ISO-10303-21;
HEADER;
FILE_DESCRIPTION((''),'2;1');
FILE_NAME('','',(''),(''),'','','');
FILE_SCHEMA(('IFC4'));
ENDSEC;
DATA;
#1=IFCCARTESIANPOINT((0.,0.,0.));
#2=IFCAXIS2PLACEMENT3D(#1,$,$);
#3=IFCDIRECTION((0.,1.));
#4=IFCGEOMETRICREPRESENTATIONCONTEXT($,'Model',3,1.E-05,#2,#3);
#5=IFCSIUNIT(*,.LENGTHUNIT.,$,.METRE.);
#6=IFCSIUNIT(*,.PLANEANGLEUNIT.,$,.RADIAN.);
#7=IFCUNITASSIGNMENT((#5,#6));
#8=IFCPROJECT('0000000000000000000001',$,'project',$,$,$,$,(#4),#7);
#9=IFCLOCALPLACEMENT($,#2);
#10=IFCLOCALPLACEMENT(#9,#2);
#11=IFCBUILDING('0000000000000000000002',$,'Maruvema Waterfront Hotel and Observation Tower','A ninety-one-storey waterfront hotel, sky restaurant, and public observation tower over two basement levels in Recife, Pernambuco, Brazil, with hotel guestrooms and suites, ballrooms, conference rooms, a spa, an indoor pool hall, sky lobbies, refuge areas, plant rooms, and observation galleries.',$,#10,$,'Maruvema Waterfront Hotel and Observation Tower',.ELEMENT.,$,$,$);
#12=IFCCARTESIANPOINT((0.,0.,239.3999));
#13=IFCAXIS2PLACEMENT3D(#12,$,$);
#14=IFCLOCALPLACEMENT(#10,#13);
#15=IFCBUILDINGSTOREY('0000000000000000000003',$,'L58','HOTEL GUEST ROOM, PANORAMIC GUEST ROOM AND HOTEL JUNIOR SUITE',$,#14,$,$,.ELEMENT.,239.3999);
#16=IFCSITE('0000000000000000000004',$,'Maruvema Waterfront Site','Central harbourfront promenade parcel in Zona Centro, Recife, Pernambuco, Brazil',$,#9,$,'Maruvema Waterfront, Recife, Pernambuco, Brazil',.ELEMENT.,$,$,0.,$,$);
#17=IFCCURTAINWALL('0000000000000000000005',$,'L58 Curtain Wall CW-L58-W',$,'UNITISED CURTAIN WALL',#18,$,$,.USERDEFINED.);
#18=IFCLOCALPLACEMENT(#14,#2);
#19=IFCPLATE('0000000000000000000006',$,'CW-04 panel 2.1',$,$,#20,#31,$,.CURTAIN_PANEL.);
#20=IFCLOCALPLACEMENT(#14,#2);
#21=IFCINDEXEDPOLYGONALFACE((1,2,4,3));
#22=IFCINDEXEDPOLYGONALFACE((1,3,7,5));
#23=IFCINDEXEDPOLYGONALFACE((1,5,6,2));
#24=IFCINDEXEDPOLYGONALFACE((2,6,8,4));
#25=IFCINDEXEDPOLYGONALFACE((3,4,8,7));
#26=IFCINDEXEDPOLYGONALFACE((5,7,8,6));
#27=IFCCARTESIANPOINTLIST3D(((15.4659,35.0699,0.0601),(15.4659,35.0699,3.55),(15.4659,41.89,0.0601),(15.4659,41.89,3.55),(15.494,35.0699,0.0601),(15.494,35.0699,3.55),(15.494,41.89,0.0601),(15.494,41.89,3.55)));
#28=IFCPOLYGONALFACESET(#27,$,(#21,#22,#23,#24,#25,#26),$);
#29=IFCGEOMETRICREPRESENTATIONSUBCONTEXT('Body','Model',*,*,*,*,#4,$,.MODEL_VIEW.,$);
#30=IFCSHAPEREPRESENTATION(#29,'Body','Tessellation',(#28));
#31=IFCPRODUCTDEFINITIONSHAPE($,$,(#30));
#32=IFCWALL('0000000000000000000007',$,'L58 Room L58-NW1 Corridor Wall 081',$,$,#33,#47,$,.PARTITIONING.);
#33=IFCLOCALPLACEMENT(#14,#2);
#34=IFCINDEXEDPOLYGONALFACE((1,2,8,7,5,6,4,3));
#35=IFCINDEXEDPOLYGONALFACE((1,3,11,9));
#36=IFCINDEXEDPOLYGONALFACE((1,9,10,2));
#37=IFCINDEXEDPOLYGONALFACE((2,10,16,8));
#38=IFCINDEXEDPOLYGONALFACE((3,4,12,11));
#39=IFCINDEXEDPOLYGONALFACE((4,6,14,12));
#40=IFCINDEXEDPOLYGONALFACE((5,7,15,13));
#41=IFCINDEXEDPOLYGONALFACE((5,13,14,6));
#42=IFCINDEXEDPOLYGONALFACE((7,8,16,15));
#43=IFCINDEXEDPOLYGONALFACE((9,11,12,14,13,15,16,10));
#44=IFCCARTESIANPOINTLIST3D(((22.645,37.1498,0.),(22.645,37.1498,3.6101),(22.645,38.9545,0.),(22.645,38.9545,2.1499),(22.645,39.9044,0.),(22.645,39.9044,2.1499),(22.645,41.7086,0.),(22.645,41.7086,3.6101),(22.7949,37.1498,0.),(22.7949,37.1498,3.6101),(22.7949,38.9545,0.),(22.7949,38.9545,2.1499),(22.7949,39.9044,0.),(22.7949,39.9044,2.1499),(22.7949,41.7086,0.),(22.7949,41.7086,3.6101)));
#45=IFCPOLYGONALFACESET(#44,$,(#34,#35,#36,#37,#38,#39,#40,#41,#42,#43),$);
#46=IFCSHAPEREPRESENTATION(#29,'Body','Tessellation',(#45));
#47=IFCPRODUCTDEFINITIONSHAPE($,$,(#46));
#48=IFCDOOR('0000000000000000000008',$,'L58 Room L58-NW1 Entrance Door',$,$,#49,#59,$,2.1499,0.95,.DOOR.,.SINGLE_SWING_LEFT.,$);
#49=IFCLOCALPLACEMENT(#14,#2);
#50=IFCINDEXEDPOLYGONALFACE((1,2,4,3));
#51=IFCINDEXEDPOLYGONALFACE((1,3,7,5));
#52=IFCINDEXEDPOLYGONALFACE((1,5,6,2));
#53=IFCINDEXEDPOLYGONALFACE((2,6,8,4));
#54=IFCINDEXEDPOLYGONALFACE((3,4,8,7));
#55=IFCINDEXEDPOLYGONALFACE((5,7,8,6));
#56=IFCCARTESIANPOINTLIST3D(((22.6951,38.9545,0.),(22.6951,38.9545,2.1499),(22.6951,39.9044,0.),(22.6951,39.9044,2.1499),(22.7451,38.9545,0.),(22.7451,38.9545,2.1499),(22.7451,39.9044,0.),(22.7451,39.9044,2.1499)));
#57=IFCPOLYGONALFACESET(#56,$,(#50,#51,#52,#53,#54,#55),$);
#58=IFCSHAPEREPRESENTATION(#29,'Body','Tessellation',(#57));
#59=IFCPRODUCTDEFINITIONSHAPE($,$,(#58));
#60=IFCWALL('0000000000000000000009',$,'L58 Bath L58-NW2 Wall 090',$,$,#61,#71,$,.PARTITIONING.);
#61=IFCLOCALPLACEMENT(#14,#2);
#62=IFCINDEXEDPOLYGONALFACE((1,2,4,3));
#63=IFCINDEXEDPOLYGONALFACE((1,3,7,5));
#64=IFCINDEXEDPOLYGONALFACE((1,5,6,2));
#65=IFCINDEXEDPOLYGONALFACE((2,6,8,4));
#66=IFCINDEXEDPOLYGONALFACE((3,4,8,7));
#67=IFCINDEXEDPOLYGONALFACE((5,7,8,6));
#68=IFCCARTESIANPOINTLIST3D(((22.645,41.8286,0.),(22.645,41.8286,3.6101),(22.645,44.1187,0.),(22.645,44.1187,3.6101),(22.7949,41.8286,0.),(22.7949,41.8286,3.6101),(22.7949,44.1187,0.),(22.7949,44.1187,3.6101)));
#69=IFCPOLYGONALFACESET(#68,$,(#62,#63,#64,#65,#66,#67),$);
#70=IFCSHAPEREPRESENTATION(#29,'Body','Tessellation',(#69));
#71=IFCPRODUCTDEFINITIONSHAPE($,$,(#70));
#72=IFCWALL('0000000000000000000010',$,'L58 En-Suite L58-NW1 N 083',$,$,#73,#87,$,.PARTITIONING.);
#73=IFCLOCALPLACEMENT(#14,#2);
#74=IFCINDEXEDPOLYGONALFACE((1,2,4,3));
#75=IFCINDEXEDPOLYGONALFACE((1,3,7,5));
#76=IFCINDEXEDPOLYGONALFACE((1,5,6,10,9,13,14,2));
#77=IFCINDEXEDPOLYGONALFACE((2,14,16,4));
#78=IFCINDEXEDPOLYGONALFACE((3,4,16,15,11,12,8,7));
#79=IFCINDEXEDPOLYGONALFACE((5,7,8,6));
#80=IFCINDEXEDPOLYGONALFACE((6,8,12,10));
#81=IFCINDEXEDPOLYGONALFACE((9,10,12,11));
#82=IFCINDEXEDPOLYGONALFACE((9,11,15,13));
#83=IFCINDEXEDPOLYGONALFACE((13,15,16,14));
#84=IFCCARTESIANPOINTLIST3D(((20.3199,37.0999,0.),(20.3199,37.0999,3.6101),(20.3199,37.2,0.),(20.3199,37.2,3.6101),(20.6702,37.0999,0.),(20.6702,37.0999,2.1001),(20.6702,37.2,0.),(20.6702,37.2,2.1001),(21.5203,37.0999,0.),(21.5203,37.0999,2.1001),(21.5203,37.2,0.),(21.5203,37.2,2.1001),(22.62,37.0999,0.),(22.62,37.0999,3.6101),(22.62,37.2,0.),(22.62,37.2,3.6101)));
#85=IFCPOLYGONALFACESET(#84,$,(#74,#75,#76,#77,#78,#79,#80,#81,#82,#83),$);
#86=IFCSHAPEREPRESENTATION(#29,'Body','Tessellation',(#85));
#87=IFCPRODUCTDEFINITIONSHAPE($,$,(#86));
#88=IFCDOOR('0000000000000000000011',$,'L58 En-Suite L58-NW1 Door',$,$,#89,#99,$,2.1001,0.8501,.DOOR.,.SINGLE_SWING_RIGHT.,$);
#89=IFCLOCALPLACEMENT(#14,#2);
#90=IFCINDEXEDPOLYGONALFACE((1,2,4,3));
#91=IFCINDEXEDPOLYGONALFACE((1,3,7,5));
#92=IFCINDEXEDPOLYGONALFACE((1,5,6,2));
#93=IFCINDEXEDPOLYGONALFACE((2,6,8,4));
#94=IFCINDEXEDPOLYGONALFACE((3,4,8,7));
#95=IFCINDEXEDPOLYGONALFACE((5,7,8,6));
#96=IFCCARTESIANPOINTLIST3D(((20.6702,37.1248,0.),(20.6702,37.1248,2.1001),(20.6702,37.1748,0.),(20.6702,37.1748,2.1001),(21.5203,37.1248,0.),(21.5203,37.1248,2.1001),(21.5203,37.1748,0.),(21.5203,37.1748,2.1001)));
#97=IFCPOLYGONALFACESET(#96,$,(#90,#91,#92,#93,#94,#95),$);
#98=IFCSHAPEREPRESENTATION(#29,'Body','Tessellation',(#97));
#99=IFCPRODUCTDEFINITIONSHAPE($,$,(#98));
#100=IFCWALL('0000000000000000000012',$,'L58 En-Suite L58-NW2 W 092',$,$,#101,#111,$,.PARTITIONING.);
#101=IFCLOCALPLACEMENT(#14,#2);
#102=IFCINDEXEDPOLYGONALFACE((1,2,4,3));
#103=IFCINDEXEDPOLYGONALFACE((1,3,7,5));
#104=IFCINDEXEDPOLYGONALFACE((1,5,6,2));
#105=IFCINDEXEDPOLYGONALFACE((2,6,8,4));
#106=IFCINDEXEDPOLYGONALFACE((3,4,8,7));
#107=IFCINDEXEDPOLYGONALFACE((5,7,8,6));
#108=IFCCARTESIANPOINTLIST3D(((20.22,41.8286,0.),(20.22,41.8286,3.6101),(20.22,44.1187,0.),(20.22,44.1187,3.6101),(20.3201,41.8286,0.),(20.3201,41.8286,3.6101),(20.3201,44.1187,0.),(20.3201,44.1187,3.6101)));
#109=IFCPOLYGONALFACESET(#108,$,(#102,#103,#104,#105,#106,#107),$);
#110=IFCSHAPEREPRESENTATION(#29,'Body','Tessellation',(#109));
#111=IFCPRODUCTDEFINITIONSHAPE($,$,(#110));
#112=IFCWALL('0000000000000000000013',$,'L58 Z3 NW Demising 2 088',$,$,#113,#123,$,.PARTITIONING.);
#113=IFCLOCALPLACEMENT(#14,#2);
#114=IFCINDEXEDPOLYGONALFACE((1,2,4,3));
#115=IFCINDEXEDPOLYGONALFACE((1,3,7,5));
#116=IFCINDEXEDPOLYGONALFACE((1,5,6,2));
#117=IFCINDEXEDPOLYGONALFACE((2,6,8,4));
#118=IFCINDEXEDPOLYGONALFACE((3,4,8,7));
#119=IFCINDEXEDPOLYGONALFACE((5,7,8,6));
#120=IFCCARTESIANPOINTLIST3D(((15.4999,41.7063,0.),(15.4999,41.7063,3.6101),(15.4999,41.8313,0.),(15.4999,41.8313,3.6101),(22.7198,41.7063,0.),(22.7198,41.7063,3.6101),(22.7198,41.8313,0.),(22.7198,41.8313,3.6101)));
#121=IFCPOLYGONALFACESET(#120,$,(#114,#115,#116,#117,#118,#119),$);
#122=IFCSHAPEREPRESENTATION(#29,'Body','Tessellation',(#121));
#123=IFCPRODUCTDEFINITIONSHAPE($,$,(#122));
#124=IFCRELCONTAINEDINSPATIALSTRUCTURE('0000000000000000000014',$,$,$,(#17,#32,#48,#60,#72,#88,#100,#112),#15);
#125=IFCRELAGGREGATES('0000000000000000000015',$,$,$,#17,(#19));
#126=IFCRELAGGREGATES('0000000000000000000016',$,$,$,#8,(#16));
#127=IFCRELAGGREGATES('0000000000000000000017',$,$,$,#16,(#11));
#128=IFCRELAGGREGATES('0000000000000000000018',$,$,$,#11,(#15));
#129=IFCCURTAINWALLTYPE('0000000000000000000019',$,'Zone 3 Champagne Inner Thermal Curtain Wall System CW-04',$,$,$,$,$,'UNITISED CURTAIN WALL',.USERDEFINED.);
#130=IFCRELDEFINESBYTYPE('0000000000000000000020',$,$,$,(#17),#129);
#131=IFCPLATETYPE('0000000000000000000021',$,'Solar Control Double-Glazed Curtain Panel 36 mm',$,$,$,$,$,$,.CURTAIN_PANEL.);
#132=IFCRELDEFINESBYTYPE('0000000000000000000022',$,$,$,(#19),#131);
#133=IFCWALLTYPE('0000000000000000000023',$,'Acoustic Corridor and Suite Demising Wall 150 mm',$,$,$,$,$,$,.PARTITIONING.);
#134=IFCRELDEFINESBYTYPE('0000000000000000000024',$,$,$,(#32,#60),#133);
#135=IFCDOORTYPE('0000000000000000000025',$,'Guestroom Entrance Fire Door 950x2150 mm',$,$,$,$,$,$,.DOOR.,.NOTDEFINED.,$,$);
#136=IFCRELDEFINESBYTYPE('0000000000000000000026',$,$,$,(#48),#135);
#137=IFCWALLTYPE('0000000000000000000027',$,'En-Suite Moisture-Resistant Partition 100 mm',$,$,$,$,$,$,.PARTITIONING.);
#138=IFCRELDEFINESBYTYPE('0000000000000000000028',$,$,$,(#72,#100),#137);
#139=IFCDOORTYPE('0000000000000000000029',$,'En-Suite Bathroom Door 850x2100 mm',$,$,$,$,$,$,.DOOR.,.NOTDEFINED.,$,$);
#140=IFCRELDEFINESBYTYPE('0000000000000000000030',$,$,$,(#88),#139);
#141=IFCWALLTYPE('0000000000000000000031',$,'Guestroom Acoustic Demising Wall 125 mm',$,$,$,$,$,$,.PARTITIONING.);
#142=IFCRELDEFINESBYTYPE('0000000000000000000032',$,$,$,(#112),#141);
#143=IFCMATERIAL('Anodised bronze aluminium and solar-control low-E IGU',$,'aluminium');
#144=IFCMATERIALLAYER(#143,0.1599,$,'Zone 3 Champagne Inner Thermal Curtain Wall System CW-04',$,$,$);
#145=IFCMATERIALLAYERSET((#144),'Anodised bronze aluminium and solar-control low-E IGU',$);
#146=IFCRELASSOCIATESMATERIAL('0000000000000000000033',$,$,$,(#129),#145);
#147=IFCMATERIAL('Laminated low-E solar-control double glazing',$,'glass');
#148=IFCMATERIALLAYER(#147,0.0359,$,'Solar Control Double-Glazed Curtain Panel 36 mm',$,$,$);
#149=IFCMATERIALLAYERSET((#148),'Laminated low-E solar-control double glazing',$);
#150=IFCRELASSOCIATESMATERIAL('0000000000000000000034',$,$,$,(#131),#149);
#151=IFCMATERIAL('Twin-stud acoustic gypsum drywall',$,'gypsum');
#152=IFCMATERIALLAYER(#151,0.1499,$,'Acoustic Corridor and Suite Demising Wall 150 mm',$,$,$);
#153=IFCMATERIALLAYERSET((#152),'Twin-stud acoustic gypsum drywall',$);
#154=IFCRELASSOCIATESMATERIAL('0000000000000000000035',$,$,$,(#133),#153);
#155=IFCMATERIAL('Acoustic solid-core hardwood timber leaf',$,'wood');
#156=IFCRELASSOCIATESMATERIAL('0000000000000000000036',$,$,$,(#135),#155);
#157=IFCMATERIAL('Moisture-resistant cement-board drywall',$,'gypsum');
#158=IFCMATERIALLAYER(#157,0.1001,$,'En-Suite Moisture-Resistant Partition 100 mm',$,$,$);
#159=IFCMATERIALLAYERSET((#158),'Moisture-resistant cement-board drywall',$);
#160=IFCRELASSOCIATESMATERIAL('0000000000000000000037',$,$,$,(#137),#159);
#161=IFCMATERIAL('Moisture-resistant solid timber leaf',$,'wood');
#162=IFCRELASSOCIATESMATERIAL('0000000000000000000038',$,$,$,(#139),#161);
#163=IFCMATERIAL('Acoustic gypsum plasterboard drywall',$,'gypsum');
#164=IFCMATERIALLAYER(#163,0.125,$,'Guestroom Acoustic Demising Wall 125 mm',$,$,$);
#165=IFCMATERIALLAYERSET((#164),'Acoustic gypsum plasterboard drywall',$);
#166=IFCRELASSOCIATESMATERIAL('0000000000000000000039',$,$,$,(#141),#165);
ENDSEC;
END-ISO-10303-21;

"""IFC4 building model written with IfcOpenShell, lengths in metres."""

from ifc_helpers import new_model, si_unit, direction, frame, frame_2d, origin, origin_2d, place, context, subcontext, project, spatial, rectangle, extrude, material, layer, layer_set, type_object, element, fill, aggregate, save


model = new_model("IFC4")

# Units and contexts
model_context = context("Model", 3, precision=1e-05, world=origin(), true_north=direction((0.0, 1.0)))
body_context = subcontext(model_context, "Body", "Model", "MODEL_VIEW")
ifc_project = project(units=[si_unit("LENGTHUNIT", "METRE"), si_unit("PLANEANGLEUNIT", "RADIAN")], contexts=[model_context])

# Site, building, storey
site_placement = place(None, origin())
site = spatial("IfcSite", under=ifc_project, at=site_placement, Name="Maruvema Waterfront Site", Description="Central harbourfront promenade parcel in Zona Centro, Recife, Pernambuco, Brazil", LongName="Maruvema Waterfront, Recife, Pernambuco, Brazil", CompositionType="ELEMENT", RefElevation=0.0)
building_placement = place(site_placement, origin())
building = spatial("IfcBuilding", under=site, at=building_placement, Name="Maruvema Waterfront Hotel and Observation Tower", Description="A ninety-one-storey waterfront hotel, sky restaurant, and public observation tower over two basement levels in Recife, Pernambuco, Brazil, with hotel guestrooms and suites, ballrooms, conference rooms, a spa, an indoor pool hall, sky lobbies, refuge areas, plant rooms, and observation galleries.", LongName="Maruvema Waterfront Hotel and Observation Tower", CompositionType="ELEMENT")
storey_placement = place(building_placement, frame((0.0, 0.0, 239.3999)))
storey = spatial("IfcBuildingStorey", under=building, at=storey_placement, Name="L58", Description="HOTEL GUEST ROOM, PANORAMIC GUEST ROOM AND HOTEL JUNIOR SUITE", CompositionType="ELEMENT", Elevation=239.3999)

# Curtain wall
ifc_material_1 = material(Name="Anodised bronze aluminium and solar-control low-E IGU", Category="aluminium")
ifc_layer_1 = layer(ifc_material_1, 0.1599, Name="Zone 3 Champagne Inner Thermal Curtain Wall System CW-04")
ifc_layer_set_1 = layer_set([ifc_layer_1], Name="Anodised bronze aluminium and solar-control low-E IGU")
curtain_wall_type = type_object("IfcCurtainWallType", Name="Zone 3 Champagne Inner Thermal Curtain Wall System CW-04", ElementType="UNITISED CURTAIN WALL", PredefinedType="USERDEFINED", material=ifc_layer_set_1)
curtain_wall_placement = place(storey_placement, origin())
curtain_wall = element("IfcCurtainWall", 1, at=curtain_wall_placement, inside=storey, type_object=curtain_wall_type, Name="L58 Curtain Wall CW-L58-W", ObjectType="UNITISED CURTAIN WALL", PredefinedType="USERDEFINED")

# Plate
ifc_material_2 = material(Name="Laminated low-E solar-control double glazing", Category="glass")
ifc_layer_2 = layer(ifc_material_2, 0.0359, Name="Solar Control Double-Glazed Curtain Panel 36 mm")
ifc_layer_set_2 = layer_set([ifc_layer_2], Name="Laminated low-E solar-control double glazing")
plate_type = type_object("IfcPlateType", Name="Solar Control Double-Glazed Curtain Panel 36 mm", PredefinedType="CURTAIN_PANEL", material=ifc_layer_set_2)
plate_placement = place(storey_placement, frame((15.48, 38.48, 0.0601), z_axis=(0.0, 0.0, 1.0), x_axis=(0.0, -1.0, 0.0)))
plate = element("IfcPlate", 2, at=plate_placement, type_object=plate_type, Name="CW-04 panel 2.1", PredefinedType="CURTAIN_PANEL", context=body_context, shape_type="SweptSolid", body=[
    extrude(rectangle(XDim=6.8201, YDim=0.0281, at=origin_2d()), origin(), (0.0, 0.0, 1.0), 3.49),
])
aggregate(curtain_wall, [plate])

# Wall, opening, door
ifc_material_3 = material(Name="Twin-stud acoustic gypsum drywall", Category="gypsum")
ifc_layer_3 = layer(ifc_material_3, 0.1499, Name="Acoustic Corridor and Suite Demising Wall 150 mm")
ifc_layer_set_3 = layer_set([ifc_layer_3], Name="Twin-stud acoustic gypsum drywall")
wall_type_1 = type_object("IfcWallType", Name="Acoustic Corridor and Suite Demising Wall 150 mm", PredefinedType="PARTITIONING", material=ifc_layer_set_3)
wall_1_placement = place(storey_placement, frame((22.72, 37.1499, 0.0), z_axis=(0.0, 0.0, 1.0), x_axis=(0.0, 1.0, 0.0)))
wall_1 = element("IfcWall", 3, at=wall_1_placement, inside=storey, type_object=wall_type_1, Name="L58 Room L58-NW1 Corridor Wall 081", PredefinedType="PARTITIONING", context=body_context, shape_type="SweptSolid", body=[
    extrude(rectangle(XDim=4.5588, YDim=0.1499, at=frame_2d((2.2793, 0.0))), origin(), (0.0, 0.0, 1.0), 3.6101),
])
opening_1_placement = place(wall_1_placement, frame((1.8044, 0.0, 0.0)))
opening_1 = element("IfcOpeningElement", 4, at=opening_1_placement, cuts=wall_1, PredefinedType="OPENING", context=body_context, shape_type="SweptSolid", body=[
    extrude(rectangle(XDim=0.95, YDim=2.1499, at=frame_2d((0.4751, 1.075))), frame((0.0, 0.085, 0.0), z_axis=(0.0, -1.0, 0.0), x_axis=(1.0, 0.0, 0.0)), (0.0, 0.0, 1.0), 0.1699),
])
ifc_material_4 = material(Name="Acoustic solid-core hardwood timber leaf", Category="wood")
door_type_1 = type_object("IfcDoorType", Name="Guestroom Entrance Fire Door 950x2150 mm", OperationType="NOTDEFINED", PredefinedType="DOOR", material=ifc_material_4)
door_1_placement = place(opening_1_placement, origin())
door_1 = element("IfcDoor", 5, at=door_1_placement, inside=storey, type_object=door_type_1, Name="L58 Room L58-NW1 Entrance Door", OperationType="SINGLE_SWING_LEFT", OverallHeight=2.1499, OverallWidth=0.95, PredefinedType="DOOR", context=body_context, shape_type="SweptSolid", body=[
    extrude(rectangle(XDim=0.95, YDim=2.1499, at=frame_2d((0.4751, 1.075))), frame((0.0, 0.0249, 0.0), z_axis=(0.0, -1.0, 0.0), x_axis=(1.0, 0.0, 0.0)), (0.0, 0.0, 1.0), 0.05),
])
fill(opening_1, door_1)

# Wall
wall_2_placement = place(storey_placement, frame((22.72, 41.8286, 0.0), z_axis=(0.0, 0.0, 1.0), x_axis=(0.0, 1.0, 0.0)))
element("IfcWall", 6, at=wall_2_placement, inside=storey, type_object=wall_type_1, Name="L58 Bath L58-NW2 Wall 090", PredefinedType="PARTITIONING", context=body_context, shape_type="SweptSolid", body=[
    extrude(rectangle(XDim=2.29, YDim=0.1499, at=frame_2d((1.145, 0.0))), origin(), (0.0, 0.0, 1.0), 3.6101),
])

# Wall, opening, door
ifc_material_5 = material(Name="Moisture-resistant cement-board drywall", Category="gypsum")
ifc_layer_4 = layer(ifc_material_5, 0.1001, Name="En-Suite Moisture-Resistant Partition 100 mm")
ifc_layer_set_4 = layer_set([ifc_layer_4], Name="Moisture-resistant cement-board drywall")
wall_type_2 = type_object("IfcWallType", Name="En-Suite Moisture-Resistant Partition 100 mm", PredefinedType="PARTITIONING", material=ifc_layer_set_4)
wall_3_placement = place(storey_placement, frame((20.3201, 37.1499, 0.0), z_axis=(0.0, 0.0, 1.0), x_axis=(1.0, 0.0, 0.0)))
wall_3 = element("IfcWall", 7, at=wall_3_placement, inside=storey, type_object=wall_type_2, Name="L58 En-Suite L58-NW1 N 083", PredefinedType="PARTITIONING", context=body_context, shape_type="SweptSolid", body=[
    extrude(rectangle(XDim=2.3, YDim=0.1001, at=frame_2d((1.1499, 0.0))), origin(), (0.0, 0.0, 1.0), 3.6101),
])
opening_2_placement = place(wall_3_placement, frame((0.3501, 0.0, 0.0)))
opening_2 = element("IfcOpeningElement", 8, at=opening_2_placement, cuts=wall_3, PredefinedType="OPENING", context=body_context, shape_type="SweptSolid", body=[
    extrude(rectangle(XDim=0.8501, YDim=2.1001, at=frame_2d((0.425, 1.05))), frame((0.0, 0.0601, 0.0), z_axis=(0.0, -1.0, 0.0), x_axis=(1.0, 0.0, 0.0)), (0.0, 0.0, 1.0), 0.1201),
])
ifc_material_6 = material(Name="Moisture-resistant solid timber leaf", Category="wood")
door_type_2 = type_object("IfcDoorType", Name="En-Suite Bathroom Door 850x2100 mm", OperationType="NOTDEFINED", PredefinedType="DOOR", material=ifc_material_6)
door_2_placement = place(opening_2_placement, origin())
door_2 = element("IfcDoor", 9, at=door_2_placement, inside=storey, type_object=door_type_2, Name="L58 En-Suite L58-NW1 Door", OperationType="SINGLE_SWING_RIGHT", OverallHeight=2.1001, OverallWidth=0.8501, PredefinedType="DOOR", context=body_context, shape_type="SweptSolid", body=[
    extrude(rectangle(XDim=0.8501, YDim=2.1001, at=frame_2d((0.425, 1.05))), frame((0.0, 0.0249, 0.0), z_axis=(0.0, -1.0, 0.0), x_axis=(1.0, 0.0, 0.0)), (0.0, 0.0, 1.0), 0.05),
])
fill(opening_2, door_2)

# Wall
wall_4_placement = place(storey_placement, frame((20.27, 41.8286, 0.0), z_axis=(0.0, 0.0, 1.0), x_axis=(0.0, 1.0, 0.0)))
element("IfcWall", 10, at=wall_4_placement, inside=storey, type_object=wall_type_2, Name="L58 En-Suite L58-NW2 W 092", PredefinedType="PARTITIONING", context=body_context, shape_type="SweptSolid", body=[
    extrude(rectangle(XDim=2.29, YDim=0.1001, at=frame_2d((1.145, 0.0))), origin(), (0.0, 0.0, 1.0), 3.6101),
])

# Wall
ifc_material_7 = material(Name="Acoustic gypsum plasterboard drywall", Category="gypsum")
ifc_layer_5 = layer(ifc_material_7, 0.125, Name="Guestroom Acoustic Demising Wall 125 mm")
ifc_layer_set_5 = layer_set([ifc_layer_5], Name="Acoustic gypsum plasterboard drywall")
wall_type_3 = type_object("IfcWallType", Name="Guestroom Acoustic Demising Wall 125 mm", PredefinedType="PARTITIONING", material=ifc_layer_set_5)
wall_5_placement = place(storey_placement, frame((15.5, 41.7688, 0.0), z_axis=(0.0, 0.0, 1.0), x_axis=(1.0, 0.0, 0.0)))
element("IfcWall", 11, at=wall_5_placement, inside=storey, type_object=wall_type_3, Name="L58 Z3 NW Demising 2 088", PredefinedType="PARTITIONING", context=body_context, shape_type="SweptSolid", body=[
    extrude(rectangle(XDim=7.22, YDim=0.125, at=frame_2d((3.6099, 0.0))), origin(), (0.0, 0.0, 1.0), 3.6101),
])

save(model, "model.ifc")
